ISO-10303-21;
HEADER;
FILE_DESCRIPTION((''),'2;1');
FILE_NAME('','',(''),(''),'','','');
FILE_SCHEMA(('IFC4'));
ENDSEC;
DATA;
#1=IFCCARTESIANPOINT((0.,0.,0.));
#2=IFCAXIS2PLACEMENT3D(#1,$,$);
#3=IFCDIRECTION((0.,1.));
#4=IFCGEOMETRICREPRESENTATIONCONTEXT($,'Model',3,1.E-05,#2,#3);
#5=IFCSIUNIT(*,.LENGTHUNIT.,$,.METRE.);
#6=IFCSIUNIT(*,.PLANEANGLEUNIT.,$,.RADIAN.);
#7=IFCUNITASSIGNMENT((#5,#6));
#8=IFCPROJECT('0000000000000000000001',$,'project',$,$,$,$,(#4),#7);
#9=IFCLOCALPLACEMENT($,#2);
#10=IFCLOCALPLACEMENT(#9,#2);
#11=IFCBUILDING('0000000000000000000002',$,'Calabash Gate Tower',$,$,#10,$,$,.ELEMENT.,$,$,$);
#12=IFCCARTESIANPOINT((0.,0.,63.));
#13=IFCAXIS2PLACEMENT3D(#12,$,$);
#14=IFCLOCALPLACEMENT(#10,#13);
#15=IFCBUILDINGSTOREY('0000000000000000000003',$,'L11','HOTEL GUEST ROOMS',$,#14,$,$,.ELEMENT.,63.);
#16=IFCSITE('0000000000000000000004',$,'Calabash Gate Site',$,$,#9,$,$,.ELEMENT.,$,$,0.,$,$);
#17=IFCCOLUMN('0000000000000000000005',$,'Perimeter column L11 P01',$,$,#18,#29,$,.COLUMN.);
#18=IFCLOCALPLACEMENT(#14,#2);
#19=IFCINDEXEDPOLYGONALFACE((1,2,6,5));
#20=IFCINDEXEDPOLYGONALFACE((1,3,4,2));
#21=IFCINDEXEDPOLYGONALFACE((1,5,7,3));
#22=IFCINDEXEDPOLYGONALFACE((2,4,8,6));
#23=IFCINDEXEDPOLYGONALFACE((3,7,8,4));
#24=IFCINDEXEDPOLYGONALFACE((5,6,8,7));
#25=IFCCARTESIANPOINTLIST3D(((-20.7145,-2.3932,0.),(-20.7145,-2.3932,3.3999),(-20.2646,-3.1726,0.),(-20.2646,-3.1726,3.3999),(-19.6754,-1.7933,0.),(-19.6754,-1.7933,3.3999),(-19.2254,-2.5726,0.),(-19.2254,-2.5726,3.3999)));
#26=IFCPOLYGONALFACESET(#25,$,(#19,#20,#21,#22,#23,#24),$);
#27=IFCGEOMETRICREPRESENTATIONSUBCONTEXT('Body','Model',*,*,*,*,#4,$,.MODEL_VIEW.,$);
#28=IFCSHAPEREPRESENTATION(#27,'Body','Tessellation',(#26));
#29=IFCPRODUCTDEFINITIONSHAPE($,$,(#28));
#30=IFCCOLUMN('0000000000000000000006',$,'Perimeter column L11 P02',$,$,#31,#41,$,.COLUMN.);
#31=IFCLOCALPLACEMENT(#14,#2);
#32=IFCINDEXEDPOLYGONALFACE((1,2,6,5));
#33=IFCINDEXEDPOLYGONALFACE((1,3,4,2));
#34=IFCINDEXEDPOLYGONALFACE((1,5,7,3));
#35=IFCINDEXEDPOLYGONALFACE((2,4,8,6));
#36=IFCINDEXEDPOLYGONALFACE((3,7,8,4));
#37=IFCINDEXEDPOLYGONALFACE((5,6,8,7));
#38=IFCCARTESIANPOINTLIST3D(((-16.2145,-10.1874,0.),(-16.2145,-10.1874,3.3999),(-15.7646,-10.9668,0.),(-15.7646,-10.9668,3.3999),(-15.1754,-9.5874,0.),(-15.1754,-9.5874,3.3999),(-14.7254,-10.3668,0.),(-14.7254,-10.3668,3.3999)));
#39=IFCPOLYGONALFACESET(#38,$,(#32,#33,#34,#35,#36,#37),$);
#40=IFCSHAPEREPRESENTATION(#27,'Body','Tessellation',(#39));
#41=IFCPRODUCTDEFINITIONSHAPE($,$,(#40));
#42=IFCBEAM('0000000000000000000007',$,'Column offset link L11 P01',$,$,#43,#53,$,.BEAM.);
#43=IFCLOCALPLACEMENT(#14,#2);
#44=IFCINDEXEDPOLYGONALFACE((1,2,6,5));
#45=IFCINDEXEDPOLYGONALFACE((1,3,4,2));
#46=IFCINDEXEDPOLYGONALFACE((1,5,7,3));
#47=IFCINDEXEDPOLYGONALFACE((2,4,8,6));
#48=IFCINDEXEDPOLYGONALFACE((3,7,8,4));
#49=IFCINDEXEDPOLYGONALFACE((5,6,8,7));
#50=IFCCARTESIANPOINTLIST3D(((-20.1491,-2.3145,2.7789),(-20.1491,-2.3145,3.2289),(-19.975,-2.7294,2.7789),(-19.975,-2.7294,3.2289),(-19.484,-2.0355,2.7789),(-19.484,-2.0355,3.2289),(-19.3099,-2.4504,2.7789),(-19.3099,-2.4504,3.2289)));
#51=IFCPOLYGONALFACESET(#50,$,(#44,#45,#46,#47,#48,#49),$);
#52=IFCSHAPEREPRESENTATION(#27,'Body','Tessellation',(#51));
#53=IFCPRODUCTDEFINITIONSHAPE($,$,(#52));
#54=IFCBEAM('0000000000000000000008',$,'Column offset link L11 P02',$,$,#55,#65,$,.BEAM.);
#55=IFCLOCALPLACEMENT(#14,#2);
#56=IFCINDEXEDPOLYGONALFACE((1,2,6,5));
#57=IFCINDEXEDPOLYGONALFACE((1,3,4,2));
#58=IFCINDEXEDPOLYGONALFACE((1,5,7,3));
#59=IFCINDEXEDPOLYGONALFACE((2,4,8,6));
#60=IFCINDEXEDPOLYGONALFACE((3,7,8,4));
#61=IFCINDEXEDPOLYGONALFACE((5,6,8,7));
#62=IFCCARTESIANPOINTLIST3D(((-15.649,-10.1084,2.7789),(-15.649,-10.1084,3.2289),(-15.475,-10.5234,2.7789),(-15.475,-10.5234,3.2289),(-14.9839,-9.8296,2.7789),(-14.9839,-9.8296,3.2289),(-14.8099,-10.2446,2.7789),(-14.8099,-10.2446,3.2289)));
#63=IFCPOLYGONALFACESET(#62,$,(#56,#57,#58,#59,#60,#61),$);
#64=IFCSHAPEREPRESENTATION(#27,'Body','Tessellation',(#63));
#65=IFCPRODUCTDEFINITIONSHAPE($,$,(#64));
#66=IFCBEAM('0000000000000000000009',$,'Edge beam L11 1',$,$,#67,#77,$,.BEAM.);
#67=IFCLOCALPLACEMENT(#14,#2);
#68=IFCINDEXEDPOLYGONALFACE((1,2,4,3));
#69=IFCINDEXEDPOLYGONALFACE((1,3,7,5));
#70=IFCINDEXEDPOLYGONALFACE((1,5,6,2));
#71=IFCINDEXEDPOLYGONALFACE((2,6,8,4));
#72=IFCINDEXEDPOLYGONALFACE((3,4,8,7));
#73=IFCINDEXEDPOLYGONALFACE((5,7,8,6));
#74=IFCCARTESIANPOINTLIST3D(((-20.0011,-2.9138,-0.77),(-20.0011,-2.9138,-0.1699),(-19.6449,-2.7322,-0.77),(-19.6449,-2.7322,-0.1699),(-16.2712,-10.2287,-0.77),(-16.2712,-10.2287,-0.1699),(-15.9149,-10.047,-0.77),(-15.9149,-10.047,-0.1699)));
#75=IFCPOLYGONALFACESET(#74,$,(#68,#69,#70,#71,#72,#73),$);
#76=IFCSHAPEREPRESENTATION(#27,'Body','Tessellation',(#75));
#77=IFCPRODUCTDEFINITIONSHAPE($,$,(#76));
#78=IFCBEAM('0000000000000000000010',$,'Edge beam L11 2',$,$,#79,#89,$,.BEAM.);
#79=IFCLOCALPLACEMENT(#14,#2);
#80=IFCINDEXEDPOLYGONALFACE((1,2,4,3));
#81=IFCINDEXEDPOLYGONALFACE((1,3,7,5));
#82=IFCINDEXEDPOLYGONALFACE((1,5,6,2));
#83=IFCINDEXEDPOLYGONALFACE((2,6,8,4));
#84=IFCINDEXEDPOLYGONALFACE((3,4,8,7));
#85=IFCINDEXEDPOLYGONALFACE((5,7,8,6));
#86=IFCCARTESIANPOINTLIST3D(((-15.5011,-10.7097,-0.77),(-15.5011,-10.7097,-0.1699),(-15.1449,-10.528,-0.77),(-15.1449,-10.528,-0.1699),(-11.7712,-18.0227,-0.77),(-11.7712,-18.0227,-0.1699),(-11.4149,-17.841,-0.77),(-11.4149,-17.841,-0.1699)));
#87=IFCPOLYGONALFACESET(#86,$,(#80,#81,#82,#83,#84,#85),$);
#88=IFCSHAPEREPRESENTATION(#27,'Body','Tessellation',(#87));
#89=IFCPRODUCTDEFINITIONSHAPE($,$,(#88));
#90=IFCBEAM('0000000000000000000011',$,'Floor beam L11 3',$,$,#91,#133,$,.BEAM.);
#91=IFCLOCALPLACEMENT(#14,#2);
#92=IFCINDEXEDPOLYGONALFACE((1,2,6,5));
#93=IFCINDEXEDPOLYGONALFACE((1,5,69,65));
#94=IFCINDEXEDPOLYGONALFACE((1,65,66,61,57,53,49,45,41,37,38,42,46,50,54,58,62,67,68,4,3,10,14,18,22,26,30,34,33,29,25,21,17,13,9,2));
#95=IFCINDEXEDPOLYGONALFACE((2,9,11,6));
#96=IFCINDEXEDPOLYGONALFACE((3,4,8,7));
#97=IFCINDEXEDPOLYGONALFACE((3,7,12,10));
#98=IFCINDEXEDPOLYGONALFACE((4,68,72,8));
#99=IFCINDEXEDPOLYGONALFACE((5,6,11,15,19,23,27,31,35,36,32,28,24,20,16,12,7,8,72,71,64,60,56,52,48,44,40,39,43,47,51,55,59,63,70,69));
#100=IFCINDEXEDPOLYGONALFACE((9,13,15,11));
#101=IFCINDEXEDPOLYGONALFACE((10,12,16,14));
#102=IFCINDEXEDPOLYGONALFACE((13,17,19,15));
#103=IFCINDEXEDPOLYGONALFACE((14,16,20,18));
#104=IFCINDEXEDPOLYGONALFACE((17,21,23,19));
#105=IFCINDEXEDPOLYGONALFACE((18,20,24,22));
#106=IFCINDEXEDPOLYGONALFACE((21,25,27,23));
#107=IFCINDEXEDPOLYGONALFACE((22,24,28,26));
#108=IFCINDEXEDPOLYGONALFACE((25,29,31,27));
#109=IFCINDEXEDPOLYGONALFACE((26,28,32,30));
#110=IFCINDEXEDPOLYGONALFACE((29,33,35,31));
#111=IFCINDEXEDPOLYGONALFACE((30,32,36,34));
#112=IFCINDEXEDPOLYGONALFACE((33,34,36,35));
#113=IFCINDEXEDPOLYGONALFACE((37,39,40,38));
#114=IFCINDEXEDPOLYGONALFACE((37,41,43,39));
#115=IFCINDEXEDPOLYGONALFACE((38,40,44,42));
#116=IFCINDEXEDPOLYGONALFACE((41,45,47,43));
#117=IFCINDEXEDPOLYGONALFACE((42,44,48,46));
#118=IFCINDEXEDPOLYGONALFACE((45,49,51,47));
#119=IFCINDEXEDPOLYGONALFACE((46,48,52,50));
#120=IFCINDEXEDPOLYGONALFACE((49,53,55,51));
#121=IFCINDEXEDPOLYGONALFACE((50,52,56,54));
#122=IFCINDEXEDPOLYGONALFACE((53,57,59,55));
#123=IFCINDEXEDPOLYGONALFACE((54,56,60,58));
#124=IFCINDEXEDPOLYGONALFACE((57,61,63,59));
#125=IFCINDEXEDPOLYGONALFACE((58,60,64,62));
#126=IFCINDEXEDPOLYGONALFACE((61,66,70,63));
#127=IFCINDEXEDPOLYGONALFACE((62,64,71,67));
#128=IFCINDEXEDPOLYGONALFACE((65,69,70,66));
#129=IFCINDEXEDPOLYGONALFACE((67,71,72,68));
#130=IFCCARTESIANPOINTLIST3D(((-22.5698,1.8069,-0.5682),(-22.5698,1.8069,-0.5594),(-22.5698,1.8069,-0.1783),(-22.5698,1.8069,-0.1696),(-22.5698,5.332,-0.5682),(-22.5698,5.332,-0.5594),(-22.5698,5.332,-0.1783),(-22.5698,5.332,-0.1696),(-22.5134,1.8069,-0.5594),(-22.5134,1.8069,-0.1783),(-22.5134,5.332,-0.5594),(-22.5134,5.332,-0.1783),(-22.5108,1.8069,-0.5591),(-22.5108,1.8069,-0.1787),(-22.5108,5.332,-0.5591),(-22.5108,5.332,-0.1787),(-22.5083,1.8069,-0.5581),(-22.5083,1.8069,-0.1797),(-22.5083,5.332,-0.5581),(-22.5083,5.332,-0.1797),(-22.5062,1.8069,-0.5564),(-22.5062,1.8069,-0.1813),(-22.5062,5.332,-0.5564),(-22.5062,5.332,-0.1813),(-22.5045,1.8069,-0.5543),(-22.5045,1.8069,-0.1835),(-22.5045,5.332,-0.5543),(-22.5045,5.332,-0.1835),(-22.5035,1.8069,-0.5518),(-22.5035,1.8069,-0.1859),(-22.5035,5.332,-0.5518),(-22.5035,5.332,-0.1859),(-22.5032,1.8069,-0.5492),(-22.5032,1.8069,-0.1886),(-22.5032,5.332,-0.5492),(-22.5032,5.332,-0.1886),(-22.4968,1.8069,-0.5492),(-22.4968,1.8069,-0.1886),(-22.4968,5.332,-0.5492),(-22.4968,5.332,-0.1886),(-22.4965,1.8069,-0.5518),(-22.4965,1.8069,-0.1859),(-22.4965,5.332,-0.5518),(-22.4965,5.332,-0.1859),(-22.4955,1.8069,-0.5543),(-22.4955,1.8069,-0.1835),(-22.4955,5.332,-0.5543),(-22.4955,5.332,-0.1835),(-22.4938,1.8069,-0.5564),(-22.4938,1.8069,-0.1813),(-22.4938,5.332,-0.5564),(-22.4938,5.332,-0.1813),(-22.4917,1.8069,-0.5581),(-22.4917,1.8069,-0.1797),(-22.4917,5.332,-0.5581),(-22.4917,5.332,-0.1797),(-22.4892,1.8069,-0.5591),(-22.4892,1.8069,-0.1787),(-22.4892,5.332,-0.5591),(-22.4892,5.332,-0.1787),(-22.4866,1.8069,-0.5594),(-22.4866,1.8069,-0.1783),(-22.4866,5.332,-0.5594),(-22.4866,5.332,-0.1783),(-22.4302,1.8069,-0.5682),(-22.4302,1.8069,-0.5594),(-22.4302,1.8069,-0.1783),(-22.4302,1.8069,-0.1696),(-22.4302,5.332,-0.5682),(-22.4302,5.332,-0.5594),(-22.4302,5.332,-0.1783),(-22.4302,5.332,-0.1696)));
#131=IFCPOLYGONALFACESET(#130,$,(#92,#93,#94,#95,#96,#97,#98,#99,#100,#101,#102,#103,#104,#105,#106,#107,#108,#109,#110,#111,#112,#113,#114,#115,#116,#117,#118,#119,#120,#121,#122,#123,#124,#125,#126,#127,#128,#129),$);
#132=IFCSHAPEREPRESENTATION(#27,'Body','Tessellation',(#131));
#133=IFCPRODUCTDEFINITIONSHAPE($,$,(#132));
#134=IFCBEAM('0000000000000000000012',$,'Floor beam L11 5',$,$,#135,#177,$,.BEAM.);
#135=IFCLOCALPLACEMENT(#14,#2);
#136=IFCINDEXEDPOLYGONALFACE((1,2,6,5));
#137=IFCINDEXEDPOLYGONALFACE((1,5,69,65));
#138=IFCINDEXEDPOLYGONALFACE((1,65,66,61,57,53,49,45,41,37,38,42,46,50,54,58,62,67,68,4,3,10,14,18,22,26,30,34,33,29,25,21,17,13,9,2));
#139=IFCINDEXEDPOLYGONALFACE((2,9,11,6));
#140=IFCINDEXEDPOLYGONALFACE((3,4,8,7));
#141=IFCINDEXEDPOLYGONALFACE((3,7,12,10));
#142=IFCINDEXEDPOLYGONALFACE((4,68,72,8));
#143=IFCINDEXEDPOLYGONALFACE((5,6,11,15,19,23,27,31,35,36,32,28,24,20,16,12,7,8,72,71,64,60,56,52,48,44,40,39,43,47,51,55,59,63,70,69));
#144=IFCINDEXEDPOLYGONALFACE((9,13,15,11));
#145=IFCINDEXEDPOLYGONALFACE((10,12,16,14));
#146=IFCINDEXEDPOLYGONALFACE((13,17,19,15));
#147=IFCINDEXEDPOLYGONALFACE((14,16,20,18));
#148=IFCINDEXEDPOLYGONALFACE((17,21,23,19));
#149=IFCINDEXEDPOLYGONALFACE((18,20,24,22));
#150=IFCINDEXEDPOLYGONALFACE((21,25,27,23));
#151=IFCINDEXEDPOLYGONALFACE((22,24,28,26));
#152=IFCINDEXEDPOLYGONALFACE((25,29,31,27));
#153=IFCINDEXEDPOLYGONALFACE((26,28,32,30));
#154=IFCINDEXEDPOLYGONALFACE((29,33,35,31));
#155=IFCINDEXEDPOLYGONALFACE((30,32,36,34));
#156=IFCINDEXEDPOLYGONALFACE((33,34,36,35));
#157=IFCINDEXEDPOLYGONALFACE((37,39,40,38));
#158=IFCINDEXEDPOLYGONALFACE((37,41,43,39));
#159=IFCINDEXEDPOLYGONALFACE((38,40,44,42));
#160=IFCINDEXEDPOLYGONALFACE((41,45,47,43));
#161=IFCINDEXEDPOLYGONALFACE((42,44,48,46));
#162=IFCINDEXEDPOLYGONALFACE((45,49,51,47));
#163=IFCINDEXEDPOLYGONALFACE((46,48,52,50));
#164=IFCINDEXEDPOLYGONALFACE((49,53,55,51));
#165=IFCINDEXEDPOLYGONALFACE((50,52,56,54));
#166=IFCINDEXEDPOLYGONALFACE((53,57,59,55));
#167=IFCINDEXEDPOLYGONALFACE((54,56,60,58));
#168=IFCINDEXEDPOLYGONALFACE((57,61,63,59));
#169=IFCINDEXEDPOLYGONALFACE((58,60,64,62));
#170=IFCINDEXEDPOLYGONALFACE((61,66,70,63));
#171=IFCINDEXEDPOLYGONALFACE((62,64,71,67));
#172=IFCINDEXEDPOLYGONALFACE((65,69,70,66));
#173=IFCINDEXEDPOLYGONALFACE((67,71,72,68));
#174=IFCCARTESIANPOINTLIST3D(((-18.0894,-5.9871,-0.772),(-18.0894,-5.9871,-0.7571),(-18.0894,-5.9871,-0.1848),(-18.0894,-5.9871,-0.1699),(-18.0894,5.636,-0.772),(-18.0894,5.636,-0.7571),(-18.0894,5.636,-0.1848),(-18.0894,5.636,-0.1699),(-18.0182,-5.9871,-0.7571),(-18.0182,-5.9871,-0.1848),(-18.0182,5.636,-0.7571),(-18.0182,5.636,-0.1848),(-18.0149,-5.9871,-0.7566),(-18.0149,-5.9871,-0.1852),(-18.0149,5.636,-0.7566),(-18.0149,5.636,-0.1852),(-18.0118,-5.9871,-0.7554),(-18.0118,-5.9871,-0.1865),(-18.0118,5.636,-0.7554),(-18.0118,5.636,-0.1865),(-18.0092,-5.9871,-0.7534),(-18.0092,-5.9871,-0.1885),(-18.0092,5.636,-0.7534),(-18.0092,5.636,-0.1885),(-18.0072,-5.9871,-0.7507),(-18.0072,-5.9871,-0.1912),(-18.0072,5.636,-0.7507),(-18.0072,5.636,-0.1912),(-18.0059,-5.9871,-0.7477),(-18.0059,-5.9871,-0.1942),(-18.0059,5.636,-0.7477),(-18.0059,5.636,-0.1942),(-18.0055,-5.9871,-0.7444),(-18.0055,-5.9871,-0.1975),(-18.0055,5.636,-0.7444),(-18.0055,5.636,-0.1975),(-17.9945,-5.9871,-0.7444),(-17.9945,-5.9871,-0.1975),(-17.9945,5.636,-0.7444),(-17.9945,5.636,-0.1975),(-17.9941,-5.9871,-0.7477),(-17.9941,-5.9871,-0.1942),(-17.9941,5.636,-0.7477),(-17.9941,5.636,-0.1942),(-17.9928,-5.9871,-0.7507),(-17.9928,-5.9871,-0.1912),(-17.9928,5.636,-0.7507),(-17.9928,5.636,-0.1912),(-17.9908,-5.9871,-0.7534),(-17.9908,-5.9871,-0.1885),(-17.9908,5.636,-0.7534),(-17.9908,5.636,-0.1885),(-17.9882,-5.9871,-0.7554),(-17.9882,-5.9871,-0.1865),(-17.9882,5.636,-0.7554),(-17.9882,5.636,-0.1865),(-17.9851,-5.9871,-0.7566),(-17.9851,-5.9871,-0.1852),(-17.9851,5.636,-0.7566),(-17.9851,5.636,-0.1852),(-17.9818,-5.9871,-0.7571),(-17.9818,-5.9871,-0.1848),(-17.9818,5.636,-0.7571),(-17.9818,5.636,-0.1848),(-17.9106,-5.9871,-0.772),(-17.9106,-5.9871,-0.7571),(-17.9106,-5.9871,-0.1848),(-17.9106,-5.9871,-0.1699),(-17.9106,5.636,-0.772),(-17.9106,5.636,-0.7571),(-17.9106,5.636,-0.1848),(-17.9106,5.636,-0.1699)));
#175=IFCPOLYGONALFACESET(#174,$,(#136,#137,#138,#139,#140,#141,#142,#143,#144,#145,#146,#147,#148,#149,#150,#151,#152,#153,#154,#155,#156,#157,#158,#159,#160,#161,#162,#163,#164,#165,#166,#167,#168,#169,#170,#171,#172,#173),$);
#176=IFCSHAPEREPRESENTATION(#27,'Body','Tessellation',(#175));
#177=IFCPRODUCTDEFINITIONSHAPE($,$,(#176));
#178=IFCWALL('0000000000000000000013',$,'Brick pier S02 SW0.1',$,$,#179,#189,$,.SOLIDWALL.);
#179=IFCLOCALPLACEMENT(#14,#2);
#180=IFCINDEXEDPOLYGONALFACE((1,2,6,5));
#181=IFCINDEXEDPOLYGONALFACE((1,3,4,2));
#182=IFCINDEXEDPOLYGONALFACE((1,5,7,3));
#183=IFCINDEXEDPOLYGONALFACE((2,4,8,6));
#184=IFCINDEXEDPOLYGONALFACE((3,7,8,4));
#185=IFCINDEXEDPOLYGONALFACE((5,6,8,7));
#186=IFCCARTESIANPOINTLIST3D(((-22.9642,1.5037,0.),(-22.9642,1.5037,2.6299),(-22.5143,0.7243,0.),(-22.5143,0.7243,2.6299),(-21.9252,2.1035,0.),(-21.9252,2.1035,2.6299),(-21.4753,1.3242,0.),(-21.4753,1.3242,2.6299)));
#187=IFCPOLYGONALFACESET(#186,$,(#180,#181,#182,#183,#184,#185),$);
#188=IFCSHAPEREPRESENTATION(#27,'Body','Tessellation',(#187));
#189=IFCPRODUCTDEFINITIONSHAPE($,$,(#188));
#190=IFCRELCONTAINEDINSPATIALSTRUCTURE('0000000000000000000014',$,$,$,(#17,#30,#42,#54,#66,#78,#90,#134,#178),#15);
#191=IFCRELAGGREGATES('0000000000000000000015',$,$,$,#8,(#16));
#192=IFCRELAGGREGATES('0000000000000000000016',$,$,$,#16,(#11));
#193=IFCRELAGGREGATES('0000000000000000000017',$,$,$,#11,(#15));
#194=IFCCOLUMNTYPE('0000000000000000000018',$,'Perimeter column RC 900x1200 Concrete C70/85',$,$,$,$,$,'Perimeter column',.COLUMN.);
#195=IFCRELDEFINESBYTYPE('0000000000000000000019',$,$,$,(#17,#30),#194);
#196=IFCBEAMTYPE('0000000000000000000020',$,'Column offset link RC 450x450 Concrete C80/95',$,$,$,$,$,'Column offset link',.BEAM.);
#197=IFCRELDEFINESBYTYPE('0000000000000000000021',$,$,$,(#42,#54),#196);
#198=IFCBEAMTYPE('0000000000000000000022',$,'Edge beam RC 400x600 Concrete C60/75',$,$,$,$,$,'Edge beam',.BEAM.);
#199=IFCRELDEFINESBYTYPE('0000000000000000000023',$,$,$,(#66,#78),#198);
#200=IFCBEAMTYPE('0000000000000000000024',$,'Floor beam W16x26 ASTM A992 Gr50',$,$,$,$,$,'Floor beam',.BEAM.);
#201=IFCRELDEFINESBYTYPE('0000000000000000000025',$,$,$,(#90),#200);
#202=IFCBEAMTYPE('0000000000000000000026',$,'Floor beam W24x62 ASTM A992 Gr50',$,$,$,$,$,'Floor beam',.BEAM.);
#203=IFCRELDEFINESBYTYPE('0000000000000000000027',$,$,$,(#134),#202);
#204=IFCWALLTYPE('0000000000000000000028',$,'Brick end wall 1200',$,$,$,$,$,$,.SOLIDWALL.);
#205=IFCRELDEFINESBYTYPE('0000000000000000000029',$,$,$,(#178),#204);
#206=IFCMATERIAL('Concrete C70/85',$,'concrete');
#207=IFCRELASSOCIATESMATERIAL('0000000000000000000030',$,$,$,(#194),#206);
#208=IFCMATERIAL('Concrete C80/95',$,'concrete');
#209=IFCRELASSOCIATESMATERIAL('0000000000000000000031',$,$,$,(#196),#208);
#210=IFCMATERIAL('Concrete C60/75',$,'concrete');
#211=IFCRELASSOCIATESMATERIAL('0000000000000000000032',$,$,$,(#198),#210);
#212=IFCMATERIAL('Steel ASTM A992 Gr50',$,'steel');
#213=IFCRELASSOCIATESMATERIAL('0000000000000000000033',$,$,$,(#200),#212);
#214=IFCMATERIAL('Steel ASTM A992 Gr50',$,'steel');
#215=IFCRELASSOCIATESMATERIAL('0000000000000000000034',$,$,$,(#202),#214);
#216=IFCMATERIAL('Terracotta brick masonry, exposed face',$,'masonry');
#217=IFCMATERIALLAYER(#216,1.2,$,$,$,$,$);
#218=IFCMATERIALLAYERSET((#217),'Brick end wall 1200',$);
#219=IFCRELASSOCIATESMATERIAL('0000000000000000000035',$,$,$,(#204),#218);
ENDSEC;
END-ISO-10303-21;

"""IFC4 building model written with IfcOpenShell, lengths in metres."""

from ifc_helpers import new_model, si_unit, direction, frame, frame_2d, origin, origin_2d, place, context, subcontext, project, spatial, rectangle, i_section, extrude, material, layer, layer_set, material_profile, profile_set, type_object, element, save


model = new_model("IFC4")

# Units and contexts
model_context = context("Model", 3, precision=1e-05, world=origin(), true_north=direction((0.0, 1.0)))
body_context = subcontext(model_context, "Body", "Model", "MODEL_VIEW")
ifc_project = project(units=[si_unit("LENGTHUNIT", "METRE"), si_unit("PLANEANGLEUNIT", "RADIAN")], contexts=[model_context])

# Site, building, storey
site_placement = place(None, origin())
site = spatial("IfcSite", under=ifc_project, at=site_placement, Name="Calabash Gate Site", CompositionType="ELEMENT", RefElevation=0.0)
building_placement = place(site_placement, origin())
building = spatial("IfcBuilding", under=site, at=building_placement, Name="Calabash Gate Tower", CompositionType="ELEMENT")
storey_placement = place(building_placement, frame((0.0, 0.0, 63.0)))
storey = spatial("IfcBuildingStorey", under=building, at=storey_placement, Name="L11", Description="HOTEL GUEST ROOMS", CompositionType="ELEMENT", Elevation=63.0)

# Columns
ifc_material_1 = material(Name="Concrete C70/85", Category="concrete")
ifc_material_profile_1 = material_profile(ifc_material_1, rectangle(XDim=0.8999, YDim=1.2, at=origin_2d()))
ifc_profile_set_1 = profile_set([ifc_material_profile_1], Name="Concrete C70/85")
column_type = type_object("IfcColumnType", Name="Perimeter column RC 900x1200 Concrete C70/85", ElementType="Perimeter column", PredefinedType="COLUMN", material=ifc_profile_set_1)
for number, where, z_axis, x_axis, name in (
    (1, (-19.97, -2.4829, 0.0), (0.0, 0.0, 1.0), (0.5, -0.866025, 0.0), "Perimeter column L11 P01"),
    (2, (-15.47, -10.2771, 0.0), (0.0, 0.0, 1.0), (0.5, -0.866025, 0.0), "Perimeter column L11 P02"),
):
    element("IfcColumn", number, at=place(storey_placement, frame(where, z_axis=z_axis, x_axis=x_axis)), inside=storey, type_object=column_type, Name=name, PredefinedType="COLUMN", context=body_context, shape_type="SweptSolid", body=[
        extrude(rectangle(XDim=0.8999, YDim=1.2, at=origin_2d()), origin(), (0.0, 0.0, 1.0), 3.3999),
    ])

# Beams
ifc_material_2 = material(Name="Concrete C80/95", Category="concrete")
ifc_material_profile_2 = material_profile(ifc_material_2, rectangle(XDim=0.45, YDim=0.45, at=origin_2d()))
ifc_profile_set_2 = profile_set([ifc_material_profile_2], Name="Concrete C80/95")
beam_type_1 = type_object("IfcBeamType", Name="Column offset link RC 450x450 Concrete C80/95", ElementType="Column offset link", PredefinedType="BEAM", material=ifc_profile_set_2)
for number, where, z_axis, x_axis, name in (
    (3, (-20.062, -2.522, 3.0039), (0.922113, 0.386922, 0.0), (-0.386922, 0.922113, 0.0), "Column offset link L11 P01"),
    (4, (-15.562, -10.3159, 3.0039), (0.922233, 0.386634, 0.0), (-0.386634, 0.922233, 0.0), "Column offset link L11 P02"),
):
    element("IfcBeam", number, at=place(storey_placement, frame(where, z_axis=z_axis, x_axis=x_axis)), inside=storey, type_object=beam_type_1, Name=name, PredefinedType="BEAM", context=body_context, shape_type="SweptSolid", body=[
        extrude(rectangle(XDim=0.45, YDim=0.45, at=origin_2d()), origin(), (0.0, 0.0, 1.0), 0.7212),
    ])
ifc_material_3 = material(Name="Concrete C60/75", Category="concrete")
ifc_material_profile_3 = material_profile(ifc_material_3, rectangle(XDim=0.3999, YDim=0.6001, at=origin_2d()))
ifc_profile_set_3 = profile_set([ifc_material_profile_3], Name="Concrete C60/75")
beam_type_2 = type_object("IfcBeamType", Name="Edge beam RC 400x600 Concrete C60/75", ElementType="Edge beam", PredefinedType="BEAM", material=ifc_profile_set_3)
beam_1_placement = place(storey_placement, frame((-19.823, -2.823, -0.47), z_axis=(0.454264, -0.890867, 0.0), x_axis=(0.890867, 0.454264, 0.0)))
element("IfcBeam", 5, at=beam_1_placement, inside=storey, type_object=beam_type_2, Name="Edge beam L11 1", PredefinedType="BEAM", context=body_context, shape_type="SweptSolid", body=[
    extrude(rectangle(XDim=0.3999, YDim=0.6001, at=origin_2d()), origin(), (0.0, 0.0, 1.0), 8.2109),
])
beam_2_placement = place(storey_placement, frame((-15.323, -10.6189, -0.47), z_axis=(0.454361, -0.890818, 0.0), x_axis=(0.890818, 0.454361, 0.0)))
element("IfcBeam", 6, at=beam_2_placement, inside=storey, type_object=beam_type_2, Name="Edge beam L11 2", PredefinedType="BEAM", context=body_context, shape_type="SweptSolid", body=[
    extrude(rectangle(XDim=0.3999, YDim=0.6001, at=origin_2d()), origin(), (0.0, 0.0, 1.0), 8.2092),
])
ifc_material_4 = material(Name="Steel ASTM A992 Gr50", Category="steel")
ifc_material_profile_4 = material_profile(ifc_material_4, i_section(OverallWidth=0.1396, OverallDepth=0.3987, WebThickness=0.0063, FlangeThickness=0.0088, FilletRadius=0.0103, at=origin_2d()))
ifc_profile_set_4 = profile_set([ifc_material_profile_4], Name="Steel ASTM A992 Gr50")
beam_type_3 = type_object("IfcBeamType", Name="Floor beam W16x26 ASTM A992 Gr50", ElementType="Floor beam", PredefinedType="BEAM", material=ifc_profile_set_4)
beam_3_placement = place(storey_placement, frame((-22.5, 1.8069, -0.3689), z_axis=(0.0, 1.0, 0.0), x_axis=(-1.0, 0.0, 0.0)))
element("IfcBeam", 7, at=beam_3_placement, inside=storey, type_object=beam_type_3, Name="Floor beam L11 3", PredefinedType="BEAM", context=body_context, shape_type="SweptSolid", body=[
    extrude(i_section(OverallWidth=0.1396, OverallDepth=0.3987, WebThickness=0.0063, FlangeThickness=0.0088, FilletRadius=0.0103, at=origin_2d()), origin(), (0.0, 0.0, 1.0), 3.5251),
])
ifc_material_5 = material(Name="Steel ASTM A992 Gr50", Category="steel")
ifc_material_profile_5 = material_profile(ifc_material_5, i_section(OverallWidth=0.1787, OverallDepth=0.6021, WebThickness=0.011, FlangeThickness=0.0149, FilletRadius=0.0127, at=origin_2d()))
ifc_profile_set_5 = profile_set([ifc_material_profile_5], Name="Steel ASTM A992 Gr50")
beam_type_4 = type_object("IfcBeamType", Name="Floor beam W24x62 ASTM A992 Gr50", ElementType="Floor beam", PredefinedType="BEAM", material=ifc_profile_set_5)
beam_4_placement = place(storey_placement, frame((-18.0, -5.9871, -0.4709), z_axis=(0.0, 1.0, 0.0), x_axis=(-1.0, 0.0, 0.0)))
element("IfcBeam", 8, at=beam_4_placement, inside=storey, type_object=beam_type_4, Name="Floor beam L11 5", PredefinedType="BEAM", context=body_context, shape_type="SweptSolid", body=[
    extrude(i_section(OverallWidth=0.1787, OverallDepth=0.6021, WebThickness=0.011, FlangeThickness=0.0149, FilletRadius=0.0127, at=origin_2d()), origin(), (0.0, 0.0, 1.0), 11.623),
])

# Wall
ifc_material_6 = material(Name="Terracotta brick masonry, exposed face", Category="masonry")
ifc_layer_1 = layer(ifc_material_6, 1.2)
ifc_layer_set_1 = layer_set([ifc_layer_1], Name="Brick end wall 1200")
wall_type_1 = type_object("IfcWallType", Name="Brick end wall 1200", PredefinedType="SOLIDWALL", material=ifc_layer_set_1)
wall_1_placement = place(storey_placement, frame((-22.7393, 1.114, 0.0), z_axis=(0.0, 0.0, 1.0), x_axis=(0.866043, 0.499969, 0.0)))
element("IfcWall", 9, at=wall_1_placement, inside=storey, type_object=wall_type_1, Name="Brick pier S02 SW0.1", PredefinedType="SOLIDWALL", context=body_context, shape_type="SweptSolid", body=[
    extrude(rectangle(XDim=1.1997, YDim=0.8999, at=frame_2d((0.5999, 0.0))), origin(), (0.0, 0.0, 1.0), 2.6299),
])

save(model, "model.ifc")
